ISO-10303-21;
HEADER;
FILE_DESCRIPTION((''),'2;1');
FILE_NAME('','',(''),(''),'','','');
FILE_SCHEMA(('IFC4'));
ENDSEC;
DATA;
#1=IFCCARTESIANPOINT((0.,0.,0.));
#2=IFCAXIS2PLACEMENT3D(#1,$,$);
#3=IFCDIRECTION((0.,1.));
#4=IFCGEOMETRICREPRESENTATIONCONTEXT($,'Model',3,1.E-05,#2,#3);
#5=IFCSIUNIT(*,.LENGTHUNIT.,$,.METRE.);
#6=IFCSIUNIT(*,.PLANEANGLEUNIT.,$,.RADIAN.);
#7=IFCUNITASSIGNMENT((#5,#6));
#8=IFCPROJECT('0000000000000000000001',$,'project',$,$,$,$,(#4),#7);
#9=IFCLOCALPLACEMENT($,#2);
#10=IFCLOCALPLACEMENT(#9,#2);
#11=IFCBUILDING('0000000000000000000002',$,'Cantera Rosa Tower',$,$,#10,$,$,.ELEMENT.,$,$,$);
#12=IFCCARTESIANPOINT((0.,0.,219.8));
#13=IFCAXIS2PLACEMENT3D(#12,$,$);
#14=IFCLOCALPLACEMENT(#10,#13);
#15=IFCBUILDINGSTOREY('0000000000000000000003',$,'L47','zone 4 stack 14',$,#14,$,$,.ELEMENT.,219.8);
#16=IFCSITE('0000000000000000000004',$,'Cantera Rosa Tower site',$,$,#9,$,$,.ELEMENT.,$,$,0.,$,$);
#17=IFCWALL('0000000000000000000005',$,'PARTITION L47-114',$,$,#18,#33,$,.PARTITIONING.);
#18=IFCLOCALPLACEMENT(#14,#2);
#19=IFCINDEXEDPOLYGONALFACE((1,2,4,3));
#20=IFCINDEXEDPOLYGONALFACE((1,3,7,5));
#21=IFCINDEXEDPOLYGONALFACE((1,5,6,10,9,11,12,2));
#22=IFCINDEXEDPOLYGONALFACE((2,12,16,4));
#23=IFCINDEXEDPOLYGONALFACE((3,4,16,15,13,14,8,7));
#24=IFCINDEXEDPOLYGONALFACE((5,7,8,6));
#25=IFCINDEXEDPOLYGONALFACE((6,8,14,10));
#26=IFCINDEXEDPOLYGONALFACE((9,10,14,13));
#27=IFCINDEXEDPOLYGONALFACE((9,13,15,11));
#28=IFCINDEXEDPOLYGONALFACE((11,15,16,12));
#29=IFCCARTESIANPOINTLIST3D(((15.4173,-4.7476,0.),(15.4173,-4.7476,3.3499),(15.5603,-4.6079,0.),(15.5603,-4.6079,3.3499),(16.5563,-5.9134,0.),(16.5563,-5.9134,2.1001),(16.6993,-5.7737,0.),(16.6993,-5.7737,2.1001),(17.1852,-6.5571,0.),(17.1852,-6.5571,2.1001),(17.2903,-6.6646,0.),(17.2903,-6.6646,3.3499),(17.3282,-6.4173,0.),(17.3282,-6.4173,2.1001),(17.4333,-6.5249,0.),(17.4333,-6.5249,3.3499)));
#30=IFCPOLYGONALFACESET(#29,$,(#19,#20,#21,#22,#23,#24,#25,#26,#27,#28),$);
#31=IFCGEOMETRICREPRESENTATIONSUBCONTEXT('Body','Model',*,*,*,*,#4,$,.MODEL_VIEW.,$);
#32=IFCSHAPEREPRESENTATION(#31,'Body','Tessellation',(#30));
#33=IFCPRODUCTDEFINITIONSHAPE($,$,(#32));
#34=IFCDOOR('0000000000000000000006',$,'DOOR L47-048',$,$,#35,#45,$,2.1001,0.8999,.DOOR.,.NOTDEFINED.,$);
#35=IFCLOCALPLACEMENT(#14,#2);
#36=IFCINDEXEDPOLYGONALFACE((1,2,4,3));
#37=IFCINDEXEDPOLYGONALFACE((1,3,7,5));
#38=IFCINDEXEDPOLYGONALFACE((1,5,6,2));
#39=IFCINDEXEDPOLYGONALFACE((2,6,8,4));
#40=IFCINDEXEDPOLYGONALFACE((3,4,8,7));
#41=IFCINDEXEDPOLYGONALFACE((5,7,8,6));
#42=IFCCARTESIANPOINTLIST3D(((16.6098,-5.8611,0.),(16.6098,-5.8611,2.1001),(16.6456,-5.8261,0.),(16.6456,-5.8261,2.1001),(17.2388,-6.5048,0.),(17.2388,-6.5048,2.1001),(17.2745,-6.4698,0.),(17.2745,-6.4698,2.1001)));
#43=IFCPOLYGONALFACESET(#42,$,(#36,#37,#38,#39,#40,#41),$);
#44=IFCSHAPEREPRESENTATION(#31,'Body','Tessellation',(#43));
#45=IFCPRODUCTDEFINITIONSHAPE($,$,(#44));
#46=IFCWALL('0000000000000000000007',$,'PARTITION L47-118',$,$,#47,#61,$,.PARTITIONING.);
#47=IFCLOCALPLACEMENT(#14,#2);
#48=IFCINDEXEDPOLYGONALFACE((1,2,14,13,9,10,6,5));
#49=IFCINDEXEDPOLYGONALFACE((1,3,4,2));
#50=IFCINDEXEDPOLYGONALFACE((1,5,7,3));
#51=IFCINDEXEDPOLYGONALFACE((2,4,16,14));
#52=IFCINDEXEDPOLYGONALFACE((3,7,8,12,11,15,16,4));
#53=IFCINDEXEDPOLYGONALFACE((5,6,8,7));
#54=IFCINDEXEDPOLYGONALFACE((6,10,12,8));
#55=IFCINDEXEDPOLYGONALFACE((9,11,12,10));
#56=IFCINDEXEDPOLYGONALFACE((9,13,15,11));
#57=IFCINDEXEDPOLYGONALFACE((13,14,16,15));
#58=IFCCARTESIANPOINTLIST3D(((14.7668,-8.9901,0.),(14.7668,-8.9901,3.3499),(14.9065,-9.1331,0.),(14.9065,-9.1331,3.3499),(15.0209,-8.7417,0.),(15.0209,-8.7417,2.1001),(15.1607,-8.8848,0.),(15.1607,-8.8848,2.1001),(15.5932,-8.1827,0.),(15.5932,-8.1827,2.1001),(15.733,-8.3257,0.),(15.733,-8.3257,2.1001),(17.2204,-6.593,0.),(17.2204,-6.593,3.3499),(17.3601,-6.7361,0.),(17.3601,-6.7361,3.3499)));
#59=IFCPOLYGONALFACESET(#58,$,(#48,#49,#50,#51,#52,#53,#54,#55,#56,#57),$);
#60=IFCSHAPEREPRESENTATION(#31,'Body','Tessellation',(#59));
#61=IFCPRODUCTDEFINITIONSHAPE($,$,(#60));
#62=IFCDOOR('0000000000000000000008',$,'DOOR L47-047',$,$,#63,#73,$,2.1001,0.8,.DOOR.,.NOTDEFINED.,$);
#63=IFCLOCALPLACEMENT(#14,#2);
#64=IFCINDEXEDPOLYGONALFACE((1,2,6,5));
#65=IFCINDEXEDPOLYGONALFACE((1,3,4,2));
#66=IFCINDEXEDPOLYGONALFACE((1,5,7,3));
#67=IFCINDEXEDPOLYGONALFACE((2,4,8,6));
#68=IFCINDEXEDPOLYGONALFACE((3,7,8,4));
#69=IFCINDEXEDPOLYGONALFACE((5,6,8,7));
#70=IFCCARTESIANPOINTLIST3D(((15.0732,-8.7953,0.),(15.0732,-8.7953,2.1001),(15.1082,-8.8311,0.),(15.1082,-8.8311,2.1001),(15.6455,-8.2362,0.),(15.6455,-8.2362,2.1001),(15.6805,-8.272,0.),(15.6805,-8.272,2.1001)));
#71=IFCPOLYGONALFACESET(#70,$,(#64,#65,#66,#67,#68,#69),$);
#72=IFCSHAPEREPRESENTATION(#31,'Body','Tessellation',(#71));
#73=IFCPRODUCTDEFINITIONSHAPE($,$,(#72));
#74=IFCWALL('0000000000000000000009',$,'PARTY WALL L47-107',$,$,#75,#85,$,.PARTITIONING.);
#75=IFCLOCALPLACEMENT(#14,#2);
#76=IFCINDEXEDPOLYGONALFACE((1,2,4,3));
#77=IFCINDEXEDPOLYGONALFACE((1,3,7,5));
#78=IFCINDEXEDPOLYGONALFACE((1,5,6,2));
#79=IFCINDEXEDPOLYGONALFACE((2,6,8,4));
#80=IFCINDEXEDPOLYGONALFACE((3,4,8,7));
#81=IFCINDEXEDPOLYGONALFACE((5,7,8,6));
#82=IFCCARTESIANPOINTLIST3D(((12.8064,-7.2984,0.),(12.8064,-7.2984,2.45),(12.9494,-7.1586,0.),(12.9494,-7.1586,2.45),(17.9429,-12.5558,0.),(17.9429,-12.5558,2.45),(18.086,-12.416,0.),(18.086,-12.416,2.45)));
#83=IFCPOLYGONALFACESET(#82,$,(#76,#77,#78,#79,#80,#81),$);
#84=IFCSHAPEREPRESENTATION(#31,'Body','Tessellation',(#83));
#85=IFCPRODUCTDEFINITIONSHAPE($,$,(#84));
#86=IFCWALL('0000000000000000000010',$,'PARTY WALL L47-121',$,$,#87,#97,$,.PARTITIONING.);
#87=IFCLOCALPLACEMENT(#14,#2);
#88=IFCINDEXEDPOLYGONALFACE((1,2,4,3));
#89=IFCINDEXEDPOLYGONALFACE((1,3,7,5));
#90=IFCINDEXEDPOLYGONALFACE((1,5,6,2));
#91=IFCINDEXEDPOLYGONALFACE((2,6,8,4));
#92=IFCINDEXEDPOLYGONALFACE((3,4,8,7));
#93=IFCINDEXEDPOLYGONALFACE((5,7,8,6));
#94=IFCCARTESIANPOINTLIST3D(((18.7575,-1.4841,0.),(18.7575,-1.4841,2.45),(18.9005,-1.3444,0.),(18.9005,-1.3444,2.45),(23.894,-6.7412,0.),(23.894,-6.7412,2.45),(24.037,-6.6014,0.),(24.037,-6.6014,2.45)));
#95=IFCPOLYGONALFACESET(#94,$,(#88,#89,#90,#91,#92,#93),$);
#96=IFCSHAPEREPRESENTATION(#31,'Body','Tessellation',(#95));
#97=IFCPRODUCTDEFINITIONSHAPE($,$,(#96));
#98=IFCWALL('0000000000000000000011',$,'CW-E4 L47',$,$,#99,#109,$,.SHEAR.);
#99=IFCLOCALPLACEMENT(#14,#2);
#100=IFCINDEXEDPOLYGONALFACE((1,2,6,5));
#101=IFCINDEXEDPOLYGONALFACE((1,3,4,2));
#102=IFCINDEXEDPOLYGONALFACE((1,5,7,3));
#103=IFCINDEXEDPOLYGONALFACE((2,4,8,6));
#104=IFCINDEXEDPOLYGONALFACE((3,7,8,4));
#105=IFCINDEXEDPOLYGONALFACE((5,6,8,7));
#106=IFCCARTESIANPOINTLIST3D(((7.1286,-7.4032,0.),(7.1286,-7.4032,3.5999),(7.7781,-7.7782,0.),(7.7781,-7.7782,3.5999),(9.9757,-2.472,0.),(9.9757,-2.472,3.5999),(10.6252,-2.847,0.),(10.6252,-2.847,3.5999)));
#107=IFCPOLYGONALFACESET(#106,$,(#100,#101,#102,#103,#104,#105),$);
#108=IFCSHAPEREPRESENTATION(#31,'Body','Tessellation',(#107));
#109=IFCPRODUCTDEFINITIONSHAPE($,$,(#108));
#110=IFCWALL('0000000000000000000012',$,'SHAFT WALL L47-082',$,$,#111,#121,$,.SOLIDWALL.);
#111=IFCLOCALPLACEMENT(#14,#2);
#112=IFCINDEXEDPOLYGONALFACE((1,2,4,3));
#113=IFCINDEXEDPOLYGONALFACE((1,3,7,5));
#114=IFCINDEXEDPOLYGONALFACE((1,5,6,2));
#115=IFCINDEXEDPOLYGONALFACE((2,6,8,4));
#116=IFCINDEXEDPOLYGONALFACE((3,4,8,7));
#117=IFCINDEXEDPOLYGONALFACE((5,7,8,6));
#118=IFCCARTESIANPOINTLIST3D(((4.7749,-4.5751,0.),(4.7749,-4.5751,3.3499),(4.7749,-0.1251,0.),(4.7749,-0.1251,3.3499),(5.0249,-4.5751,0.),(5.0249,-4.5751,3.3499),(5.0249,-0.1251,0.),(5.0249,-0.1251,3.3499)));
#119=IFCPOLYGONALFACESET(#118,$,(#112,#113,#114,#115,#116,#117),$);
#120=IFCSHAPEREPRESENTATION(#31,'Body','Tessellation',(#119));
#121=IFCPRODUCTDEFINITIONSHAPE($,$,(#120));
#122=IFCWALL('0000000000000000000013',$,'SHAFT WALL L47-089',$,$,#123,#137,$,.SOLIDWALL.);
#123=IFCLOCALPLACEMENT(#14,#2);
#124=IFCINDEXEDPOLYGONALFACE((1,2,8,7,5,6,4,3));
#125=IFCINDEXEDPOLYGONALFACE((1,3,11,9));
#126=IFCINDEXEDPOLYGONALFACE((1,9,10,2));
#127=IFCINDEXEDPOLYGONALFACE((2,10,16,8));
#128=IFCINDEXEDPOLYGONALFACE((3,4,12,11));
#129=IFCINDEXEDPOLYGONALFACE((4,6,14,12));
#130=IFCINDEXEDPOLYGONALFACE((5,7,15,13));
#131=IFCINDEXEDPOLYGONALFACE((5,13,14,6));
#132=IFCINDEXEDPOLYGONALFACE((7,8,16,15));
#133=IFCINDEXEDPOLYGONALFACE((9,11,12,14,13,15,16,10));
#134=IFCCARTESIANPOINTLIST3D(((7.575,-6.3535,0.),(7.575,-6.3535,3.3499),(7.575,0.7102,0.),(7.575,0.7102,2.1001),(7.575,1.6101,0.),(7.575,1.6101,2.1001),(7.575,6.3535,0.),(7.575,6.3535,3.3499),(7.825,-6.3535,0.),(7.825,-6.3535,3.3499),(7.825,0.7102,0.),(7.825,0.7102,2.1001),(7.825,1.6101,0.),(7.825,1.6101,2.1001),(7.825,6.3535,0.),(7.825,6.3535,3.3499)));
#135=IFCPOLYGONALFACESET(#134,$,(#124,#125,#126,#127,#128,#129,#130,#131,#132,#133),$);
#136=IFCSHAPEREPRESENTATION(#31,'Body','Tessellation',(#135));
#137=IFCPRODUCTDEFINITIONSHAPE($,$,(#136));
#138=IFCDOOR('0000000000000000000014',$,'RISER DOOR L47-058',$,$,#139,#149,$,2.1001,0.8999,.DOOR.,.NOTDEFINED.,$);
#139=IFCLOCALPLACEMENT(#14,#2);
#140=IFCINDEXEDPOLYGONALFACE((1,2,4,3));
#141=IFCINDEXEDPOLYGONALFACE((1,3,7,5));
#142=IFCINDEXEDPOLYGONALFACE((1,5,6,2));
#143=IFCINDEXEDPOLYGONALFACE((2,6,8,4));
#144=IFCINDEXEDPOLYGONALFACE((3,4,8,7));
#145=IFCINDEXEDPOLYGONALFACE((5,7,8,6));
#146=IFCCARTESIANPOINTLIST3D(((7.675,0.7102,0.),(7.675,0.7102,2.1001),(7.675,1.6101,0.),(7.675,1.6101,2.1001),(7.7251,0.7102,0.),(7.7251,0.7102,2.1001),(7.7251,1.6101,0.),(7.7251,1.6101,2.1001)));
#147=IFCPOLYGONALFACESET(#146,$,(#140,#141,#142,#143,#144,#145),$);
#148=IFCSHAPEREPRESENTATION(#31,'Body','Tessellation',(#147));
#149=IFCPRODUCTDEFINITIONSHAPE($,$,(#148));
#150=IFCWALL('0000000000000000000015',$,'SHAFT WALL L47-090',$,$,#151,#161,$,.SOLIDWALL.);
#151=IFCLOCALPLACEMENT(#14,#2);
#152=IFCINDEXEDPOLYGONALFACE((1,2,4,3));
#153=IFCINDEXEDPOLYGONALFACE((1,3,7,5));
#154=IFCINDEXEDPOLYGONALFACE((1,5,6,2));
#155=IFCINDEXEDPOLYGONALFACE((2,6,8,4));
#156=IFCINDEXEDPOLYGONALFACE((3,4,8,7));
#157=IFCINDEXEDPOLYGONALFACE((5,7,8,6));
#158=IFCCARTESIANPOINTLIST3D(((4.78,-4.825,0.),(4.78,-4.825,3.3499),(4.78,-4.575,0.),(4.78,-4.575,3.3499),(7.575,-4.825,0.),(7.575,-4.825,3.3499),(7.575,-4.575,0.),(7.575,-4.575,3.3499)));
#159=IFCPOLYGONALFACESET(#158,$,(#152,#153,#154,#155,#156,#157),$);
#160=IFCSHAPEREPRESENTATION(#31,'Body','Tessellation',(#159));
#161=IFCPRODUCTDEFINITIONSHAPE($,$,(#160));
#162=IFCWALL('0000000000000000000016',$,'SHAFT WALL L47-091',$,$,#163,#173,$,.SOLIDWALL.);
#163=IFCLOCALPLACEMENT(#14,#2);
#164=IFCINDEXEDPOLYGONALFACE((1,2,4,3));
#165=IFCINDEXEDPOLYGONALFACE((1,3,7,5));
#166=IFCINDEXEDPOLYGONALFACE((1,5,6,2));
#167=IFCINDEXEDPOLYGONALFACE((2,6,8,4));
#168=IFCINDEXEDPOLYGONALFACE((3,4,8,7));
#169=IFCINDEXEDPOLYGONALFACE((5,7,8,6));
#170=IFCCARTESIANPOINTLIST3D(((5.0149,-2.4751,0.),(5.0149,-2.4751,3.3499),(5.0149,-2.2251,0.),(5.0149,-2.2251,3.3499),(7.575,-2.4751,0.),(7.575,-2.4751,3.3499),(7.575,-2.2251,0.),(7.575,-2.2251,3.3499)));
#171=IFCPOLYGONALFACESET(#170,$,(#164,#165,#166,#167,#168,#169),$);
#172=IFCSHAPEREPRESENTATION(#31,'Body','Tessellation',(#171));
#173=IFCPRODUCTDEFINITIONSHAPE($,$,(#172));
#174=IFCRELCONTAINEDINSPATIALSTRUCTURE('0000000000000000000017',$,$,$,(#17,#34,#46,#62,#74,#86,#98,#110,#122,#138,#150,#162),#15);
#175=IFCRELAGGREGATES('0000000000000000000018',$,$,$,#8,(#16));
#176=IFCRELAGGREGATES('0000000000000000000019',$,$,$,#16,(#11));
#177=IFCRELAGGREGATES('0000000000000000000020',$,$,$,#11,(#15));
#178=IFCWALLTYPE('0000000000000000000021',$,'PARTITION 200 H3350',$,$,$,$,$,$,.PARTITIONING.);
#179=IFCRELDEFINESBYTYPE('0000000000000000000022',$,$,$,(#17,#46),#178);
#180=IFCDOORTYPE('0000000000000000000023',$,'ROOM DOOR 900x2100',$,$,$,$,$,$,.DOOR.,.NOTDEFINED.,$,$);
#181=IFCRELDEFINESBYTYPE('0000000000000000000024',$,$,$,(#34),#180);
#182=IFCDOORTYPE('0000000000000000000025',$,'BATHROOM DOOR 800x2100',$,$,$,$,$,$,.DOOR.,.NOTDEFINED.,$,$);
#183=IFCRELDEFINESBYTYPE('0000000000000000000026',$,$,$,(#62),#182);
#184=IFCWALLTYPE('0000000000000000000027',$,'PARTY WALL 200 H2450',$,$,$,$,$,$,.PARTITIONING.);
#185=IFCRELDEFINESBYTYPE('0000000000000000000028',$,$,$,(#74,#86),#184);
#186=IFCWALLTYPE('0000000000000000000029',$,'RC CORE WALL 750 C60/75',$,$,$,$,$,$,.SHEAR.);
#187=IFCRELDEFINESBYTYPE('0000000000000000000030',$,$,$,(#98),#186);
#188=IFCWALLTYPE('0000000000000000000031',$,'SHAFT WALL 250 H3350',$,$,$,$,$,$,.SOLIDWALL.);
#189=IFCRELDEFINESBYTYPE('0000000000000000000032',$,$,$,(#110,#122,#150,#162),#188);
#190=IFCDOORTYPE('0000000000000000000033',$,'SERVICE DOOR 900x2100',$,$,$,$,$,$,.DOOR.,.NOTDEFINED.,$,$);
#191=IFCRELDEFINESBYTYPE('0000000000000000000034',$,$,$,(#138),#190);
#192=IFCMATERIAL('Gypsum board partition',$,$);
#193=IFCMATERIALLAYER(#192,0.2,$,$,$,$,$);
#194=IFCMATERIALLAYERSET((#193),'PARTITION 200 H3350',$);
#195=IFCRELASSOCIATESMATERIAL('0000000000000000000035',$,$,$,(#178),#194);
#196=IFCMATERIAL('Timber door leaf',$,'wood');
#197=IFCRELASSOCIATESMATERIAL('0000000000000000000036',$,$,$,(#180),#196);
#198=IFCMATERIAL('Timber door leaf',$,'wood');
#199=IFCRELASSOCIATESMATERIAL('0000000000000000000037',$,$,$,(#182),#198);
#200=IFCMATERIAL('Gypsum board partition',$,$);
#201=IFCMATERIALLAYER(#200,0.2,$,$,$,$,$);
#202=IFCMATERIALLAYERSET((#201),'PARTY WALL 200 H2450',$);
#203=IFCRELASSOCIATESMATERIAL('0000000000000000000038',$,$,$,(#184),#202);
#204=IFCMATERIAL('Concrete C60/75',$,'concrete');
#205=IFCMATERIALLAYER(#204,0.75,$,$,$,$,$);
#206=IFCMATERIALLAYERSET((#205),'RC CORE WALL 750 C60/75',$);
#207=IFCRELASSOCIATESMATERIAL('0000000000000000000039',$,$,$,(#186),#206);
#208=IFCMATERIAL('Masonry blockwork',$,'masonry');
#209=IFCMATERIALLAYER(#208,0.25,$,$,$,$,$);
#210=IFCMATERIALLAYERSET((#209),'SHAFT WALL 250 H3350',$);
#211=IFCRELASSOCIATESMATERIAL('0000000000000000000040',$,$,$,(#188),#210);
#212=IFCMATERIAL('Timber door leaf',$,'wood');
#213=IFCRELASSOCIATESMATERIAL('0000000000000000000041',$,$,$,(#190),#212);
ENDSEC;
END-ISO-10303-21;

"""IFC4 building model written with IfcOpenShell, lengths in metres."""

from ifc_helpers import new_model, si_unit, direction, frame, frame_2d, origin, place, context, subcontext, project, spatial, rectangle, extrude, material, layer, layer_set, type_object, element, fill, save


model = new_model("IFC4")

# Units and contexts
model_context = context("Model", 3, precision=1e-05, world=origin(), true_north=direction((0.0, 1.0)))
body_context = subcontext(model_context, "Body", "Model", "MODEL_VIEW")
ifc_project = project(units=[si_unit("LENGTHUNIT", "METRE"), si_unit("PLANEANGLEUNIT", "RADIAN")], contexts=[model_context])

# Site, building, storey
site_placement = place(None, origin())
site = spatial("IfcSite", under=ifc_project, at=site_placement, Name="Cantera Rosa Tower site", CompositionType="ELEMENT", RefElevation=0.0)
building_placement = place(site_placement, origin())
building = spatial("IfcBuilding", under=site, at=building_placement, Name="Cantera Rosa Tower", CompositionType="ELEMENT")
storey_placement = place(building_placement, frame((0.0, 0.0, 219.8)))
storey = spatial("IfcBuildingStorey", under=building, at=storey_placement, Name="L47", Description="zone 4 stack 14", CompositionType="ELEMENT", Elevation=219.8)

# Shared definitions
ifc_material_1 = material(Name="Gypsum board partition")
ifc_layer_1 = layer(ifc_material_1, 0.2)
ifc_layer_set_1 = layer_set([ifc_layer_1], Name="PARTITION 200 H3350")
wall_type_1 = type_object("IfcWallType", Name="PARTITION 200 H3350", PredefinedType="PARTITIONING", material=ifc_layer_set_1)

# Walls, openings, doors
wall_1_placement = place(storey_placement, frame((15.4888, -4.6777, 0.0), z_axis=(0.0, 0.0, 1.0), x_axis=(0.698861, -0.715258, 0.0)))
wall_1 = element("IfcWall", 1, at=wall_1_placement, inside=storey, type_object=wall_type_1, Name="PARTITION L47-114", PredefinedType="PARTITIONING", context=body_context, shape_type="SweptSolid", body=[
    extrude(rectangle(XDim=2.6802, YDim=0.2, at=frame_2d((1.3401, 0.0))), origin(), (0.0, 0.0, 1.0), 3.3499),
])
opening_1_placement = place(wall_1_placement, frame((1.6299, 0.0, 0.0)))
opening_1 = element("IfcOpeningElement", 2, at=opening_1_placement, cuts=wall_1, PredefinedType="OPENING", context=body_context, shape_type="SweptSolid", body=[
    extrude(rectangle(XDim=0.8999, YDim=2.1001, at=frame_2d((0.45, 1.05))), frame((0.0, 0.1099, 0.0), z_axis=(0.0, -1.0, 0.0), x_axis=(1.0, 0.0, 0.0)), (0.0, 0.0, 1.0), 0.22),
])
ifc_material_2 = material(Name="Timber door leaf", Category="wood")
door_type_1 = type_object("IfcDoorType", Name="ROOM DOOR 900x2100", OperationType="NOTDEFINED", PredefinedType="DOOR", material=ifc_material_2)
door_1_placement = place(opening_1_placement, origin())
door_1 = element("IfcDoor", 3, at=door_1_placement, inside=storey, type_object=door_type_1, Name="DOOR L47-048", OperationType="NOTDEFINED", OverallHeight=2.1001, OverallWidth=0.8999, PredefinedType="DOOR", context=body_context, shape_type="SweptSolid", body=[
    extrude(rectangle(XDim=0.8999, YDim=2.1001, at=frame_2d((0.45, 1.05))), frame((0.0, 0.0249, 0.0), z_axis=(0.0, -1.0, 0.0), x_axis=(1.0, 0.0, 0.0)), (0.0, 0.0, 1.0), 0.05),
])
fill(opening_1, door_1)
wall_2_placement = place(storey_placement, frame((17.2903, -6.6646, 0.0), z_axis=(0.0, 0.0, 1.0), x_axis=(-0.715315, -0.698802, 0.0)))
wall_2 = element("IfcWall", 4, at=wall_2_placement, inside=storey, type_object=wall_type_1, Name="PARTITION L47-118", PredefinedType="PARTITIONING", context=body_context, shape_type="SweptSolid", body=[
    extrude(rectangle(XDim=3.4302, YDim=0.2, at=frame_2d((1.7151, 0.0))), origin(), (0.0, 0.0, 1.0), 3.3499),
])
opening_2_placement = place(wall_2_placement, frame((2.2749, 0.0, 0.0)))
opening_2 = element("IfcOpeningElement", 5, at=opening_2_placement, cuts=wall_2, PredefinedType="OPENING", context=body_context, shape_type="SweptSolid", body=[
    extrude(rectangle(XDim=0.8, YDim=2.1001, at=frame_2d((0.3999, 1.05))), frame((0.0, 0.1099, 0.0), z_axis=(0.0, -1.0, 0.0), x_axis=(1.0, 0.0, 0.0)), (0.0, 0.0, 1.0), 0.22),
])
ifc_material_3 = material(Name="Timber door leaf", Category="wood")
door_type_2 = type_object("IfcDoorType", Name="BATHROOM DOOR 800x2100", OperationType="NOTDEFINED", PredefinedType="DOOR", material=ifc_material_3)
door_2_placement = place(opening_2_placement, origin())
door_2 = element("IfcDoor", 6, at=door_2_placement, inside=storey, type_object=door_type_2, Name="DOOR L47-047", OperationType="NOTDEFINED", OverallHeight=2.1001, OverallWidth=0.8, PredefinedType="DOOR", context=body_context, shape_type="SweptSolid", body=[
    extrude(rectangle(XDim=0.8, YDim=2.1001, at=frame_2d((0.3999, 1.05))), frame((0.0, 0.0249, 0.0), z_axis=(0.0, -1.0, 0.0), x_axis=(1.0, 0.0, 0.0)), (0.0, 0.0, 1.0), 0.05),
])
fill(opening_2, door_2)

# Walls
ifc_material_4 = material(Name="Gypsum board partition")
ifc_layer_2 = layer(ifc_material_4, 0.2)
ifc_layer_set_2 = layer_set([ifc_layer_2], Name="PARTY WALL 200 H2450")
wall_type_2 = type_object("IfcWallType", Name="PARTY WALL 200 H2450", PredefinedType="PARTITIONING", material=ifc_layer_set_2)
wall_3_placement = place(storey_placement, frame((12.8779, -7.2285, 0.0), z_axis=(0.0, 0.0, 1.0), x_axis=(0.698838, -0.71528, 0.0)))
element("IfcWall", 7, at=wall_3_placement, inside=storey, type_object=wall_type_2, Name="PARTY WALL L47-107", PredefinedType="PARTITIONING", context=body_context, shape_type="SweptSolid", body=[
    extrude(rectangle(XDim=7.3501, YDim=0.2, at=frame_2d((3.675, 0.0))), origin(), (0.0, 0.0, 1.0), 2.45),
])
wall_4_placement = place(storey_placement, frame((18.8291, -1.4143, 0.0), z_axis=(0.0, 0.0, 1.0), x_axis=(0.698855, -0.715264, 0.0)))
element("IfcWall", 8, at=wall_4_placement, inside=storey, type_object=wall_type_2, Name="PARTY WALL L47-121", PredefinedType="PARTITIONING", context=body_context, shape_type="SweptSolid", body=[
    extrude(rectangle(XDim=7.3499, YDim=0.2, at=frame_2d((3.6748, 0.0))), origin(), (0.0, 0.0, 1.0), 2.45),
])
ifc_material_5 = material(Name="Concrete C60/75", Category="concrete")
ifc_layer_3 = layer(ifc_material_5, 0.75)
ifc_layer_set_3 = layer_set([ifc_layer_3], Name="RC CORE WALL 750 C60/75")
wall_type_3 = type_object("IfcWallType", Name="RC CORE WALL 750 C60/75", PredefinedType="SHEAR", material=ifc_layer_set_3)
wall_5_placement = place(storey_placement, frame((10.3005, -2.6594, 0.0), z_axis=(0.0, 0.0, 1.0), x_axis=(-0.500022, -0.866013, 0.0)))
element("IfcWall", 9, at=wall_5_placement, inside=storey, type_object=wall_type_3, Name="CW-E4 L47", PredefinedType="SHEAR", context=body_context, shape_type="SweptSolid", body=[
    extrude(rectangle(XDim=5.6941, YDim=0.75, at=frame_2d((2.8472, 0.0))), origin(), (0.0, 0.0, 1.0), 3.5999),
])
ifc_material_6 = material(Name="Masonry blockwork", Category="masonry")
ifc_layer_4 = layer(ifc_material_6, 0.25)
ifc_layer_set_4 = layer_set([ifc_layer_4], Name="SHAFT WALL 250 H3350")
wall_type_4 = type_object("IfcWallType", Name="SHAFT WALL 250 H3350", PredefinedType="SOLIDWALL", material=ifc_layer_set_4)
wall_6_placement = place(storey_placement, frame((4.8999, -0.125, 0.0), z_axis=(0.0, 0.0, 1.0), x_axis=(0.0, -1.0, 0.0)))
element("IfcWall", 10, at=wall_6_placement, inside=storey, type_object=wall_type_4, Name="SHAFT WALL L47-082", PredefinedType="SOLIDWALL", context=body_context, shape_type="SweptSolid", body=[
    extrude(rectangle(XDim=4.45, YDim=0.25, at=frame_2d((2.2251, 0.0))), origin(), (0.0, 0.0, 1.0), 3.3499),
])

# Wall, opening, door
wall_7_placement = place(storey_placement, frame((7.7, -6.3535, 0.0), z_axis=(0.0, 0.0, 1.0), x_axis=(0.0, 1.0, 0.0)))
wall_7 = element("IfcWall", 11, at=wall_7_placement, inside=storey, type_object=wall_type_4, Name="SHAFT WALL L47-089", PredefinedType="SOLIDWALL", context=body_context, shape_type="SweptSolid", body=[
    extrude(rectangle(XDim=12.707, YDim=0.25, at=frame_2d((6.3535, 0.0))), origin(), (0.0, 0.0, 1.0), 3.3499),
])
opening_3_placement = place(wall_7_placement, frame((7.0637, 0.0, 0.0)))
opening_3 = element("IfcOpeningElement", 12, at=opening_3_placement, cuts=wall_7, PredefinedType="OPENING", context=body_context, shape_type="SweptSolid", body=[
    extrude(rectangle(XDim=0.8999, YDim=2.1001, at=frame_2d((0.45, 1.05))), frame((0.0, 0.135, 0.0), z_axis=(0.0, -1.0, 0.0), x_axis=(1.0, 0.0, 0.0)), (0.0, 0.0, 1.0), 0.27),
])
ifc_material_7 = material(Name="Timber door leaf", Category="wood")
door_type_3 = type_object("IfcDoorType", Name="SERVICE DOOR 900x2100", OperationType="NOTDEFINED", PredefinedType="DOOR", material=ifc_material_7)
door_3_placement = place(opening_3_placement, origin())
door_3 = element("IfcDoor", 13, at=door_3_placement, inside=storey, type_object=door_type_3, Name="RISER DOOR L47-058", OperationType="NOTDEFINED", OverallHeight=2.1001, OverallWidth=0.8999, PredefinedType="DOOR", context=body_context, shape_type="SweptSolid", body=[
    extrude(rectangle(XDim=0.8999, YDim=2.1001, at=frame_2d((0.45, 1.05))), frame((0.0, 0.0249, 0.0), z_axis=(0.0, -1.0, 0.0), x_axis=(1.0, 0.0, 0.0)), (0.0, 0.0, 1.0), 0.05),
])
fill(opening_3, door_3)

# Walls
wall_8_placement = place(storey_placement, frame((7.575, -4.7, 0.0), z_axis=(0.0, 0.0, 1.0), x_axis=(-1.0, 0.0, 0.0)))
element("IfcWall", 14, at=wall_8_placement, inside=storey, type_object=wall_type_4, Name="SHAFT WALL L47-090", PredefinedType="SOLIDWALL", context=body_context, shape_type="SweptSolid", body=[
    extrude(rectangle(XDim=2.7949, YDim=0.25, at=frame_2d((1.3975, 0.0))), origin(), (0.0, 0.0, 1.0), 3.3499),
])
wall_9_placement = place(storey_placement, frame((7.575, -2.3501, 0.0), z_axis=(0.0, 0.0, 1.0), x_axis=(-1.0, 0.0, 0.0)))
element("IfcWall", 15, at=wall_9_placement, inside=storey, type_object=wall_type_4, Name="SHAFT WALL L47-091", PredefinedType="SOLIDWALL", context=body_context, shape_type="SweptSolid", body=[
    extrude(rectangle(XDim=2.5601, YDim=0.25, at=frame_2d((1.28, 0.0))), origin(), (0.0, 0.0, 1.0), 3.3499),
])

save(model, "model.ifc")
